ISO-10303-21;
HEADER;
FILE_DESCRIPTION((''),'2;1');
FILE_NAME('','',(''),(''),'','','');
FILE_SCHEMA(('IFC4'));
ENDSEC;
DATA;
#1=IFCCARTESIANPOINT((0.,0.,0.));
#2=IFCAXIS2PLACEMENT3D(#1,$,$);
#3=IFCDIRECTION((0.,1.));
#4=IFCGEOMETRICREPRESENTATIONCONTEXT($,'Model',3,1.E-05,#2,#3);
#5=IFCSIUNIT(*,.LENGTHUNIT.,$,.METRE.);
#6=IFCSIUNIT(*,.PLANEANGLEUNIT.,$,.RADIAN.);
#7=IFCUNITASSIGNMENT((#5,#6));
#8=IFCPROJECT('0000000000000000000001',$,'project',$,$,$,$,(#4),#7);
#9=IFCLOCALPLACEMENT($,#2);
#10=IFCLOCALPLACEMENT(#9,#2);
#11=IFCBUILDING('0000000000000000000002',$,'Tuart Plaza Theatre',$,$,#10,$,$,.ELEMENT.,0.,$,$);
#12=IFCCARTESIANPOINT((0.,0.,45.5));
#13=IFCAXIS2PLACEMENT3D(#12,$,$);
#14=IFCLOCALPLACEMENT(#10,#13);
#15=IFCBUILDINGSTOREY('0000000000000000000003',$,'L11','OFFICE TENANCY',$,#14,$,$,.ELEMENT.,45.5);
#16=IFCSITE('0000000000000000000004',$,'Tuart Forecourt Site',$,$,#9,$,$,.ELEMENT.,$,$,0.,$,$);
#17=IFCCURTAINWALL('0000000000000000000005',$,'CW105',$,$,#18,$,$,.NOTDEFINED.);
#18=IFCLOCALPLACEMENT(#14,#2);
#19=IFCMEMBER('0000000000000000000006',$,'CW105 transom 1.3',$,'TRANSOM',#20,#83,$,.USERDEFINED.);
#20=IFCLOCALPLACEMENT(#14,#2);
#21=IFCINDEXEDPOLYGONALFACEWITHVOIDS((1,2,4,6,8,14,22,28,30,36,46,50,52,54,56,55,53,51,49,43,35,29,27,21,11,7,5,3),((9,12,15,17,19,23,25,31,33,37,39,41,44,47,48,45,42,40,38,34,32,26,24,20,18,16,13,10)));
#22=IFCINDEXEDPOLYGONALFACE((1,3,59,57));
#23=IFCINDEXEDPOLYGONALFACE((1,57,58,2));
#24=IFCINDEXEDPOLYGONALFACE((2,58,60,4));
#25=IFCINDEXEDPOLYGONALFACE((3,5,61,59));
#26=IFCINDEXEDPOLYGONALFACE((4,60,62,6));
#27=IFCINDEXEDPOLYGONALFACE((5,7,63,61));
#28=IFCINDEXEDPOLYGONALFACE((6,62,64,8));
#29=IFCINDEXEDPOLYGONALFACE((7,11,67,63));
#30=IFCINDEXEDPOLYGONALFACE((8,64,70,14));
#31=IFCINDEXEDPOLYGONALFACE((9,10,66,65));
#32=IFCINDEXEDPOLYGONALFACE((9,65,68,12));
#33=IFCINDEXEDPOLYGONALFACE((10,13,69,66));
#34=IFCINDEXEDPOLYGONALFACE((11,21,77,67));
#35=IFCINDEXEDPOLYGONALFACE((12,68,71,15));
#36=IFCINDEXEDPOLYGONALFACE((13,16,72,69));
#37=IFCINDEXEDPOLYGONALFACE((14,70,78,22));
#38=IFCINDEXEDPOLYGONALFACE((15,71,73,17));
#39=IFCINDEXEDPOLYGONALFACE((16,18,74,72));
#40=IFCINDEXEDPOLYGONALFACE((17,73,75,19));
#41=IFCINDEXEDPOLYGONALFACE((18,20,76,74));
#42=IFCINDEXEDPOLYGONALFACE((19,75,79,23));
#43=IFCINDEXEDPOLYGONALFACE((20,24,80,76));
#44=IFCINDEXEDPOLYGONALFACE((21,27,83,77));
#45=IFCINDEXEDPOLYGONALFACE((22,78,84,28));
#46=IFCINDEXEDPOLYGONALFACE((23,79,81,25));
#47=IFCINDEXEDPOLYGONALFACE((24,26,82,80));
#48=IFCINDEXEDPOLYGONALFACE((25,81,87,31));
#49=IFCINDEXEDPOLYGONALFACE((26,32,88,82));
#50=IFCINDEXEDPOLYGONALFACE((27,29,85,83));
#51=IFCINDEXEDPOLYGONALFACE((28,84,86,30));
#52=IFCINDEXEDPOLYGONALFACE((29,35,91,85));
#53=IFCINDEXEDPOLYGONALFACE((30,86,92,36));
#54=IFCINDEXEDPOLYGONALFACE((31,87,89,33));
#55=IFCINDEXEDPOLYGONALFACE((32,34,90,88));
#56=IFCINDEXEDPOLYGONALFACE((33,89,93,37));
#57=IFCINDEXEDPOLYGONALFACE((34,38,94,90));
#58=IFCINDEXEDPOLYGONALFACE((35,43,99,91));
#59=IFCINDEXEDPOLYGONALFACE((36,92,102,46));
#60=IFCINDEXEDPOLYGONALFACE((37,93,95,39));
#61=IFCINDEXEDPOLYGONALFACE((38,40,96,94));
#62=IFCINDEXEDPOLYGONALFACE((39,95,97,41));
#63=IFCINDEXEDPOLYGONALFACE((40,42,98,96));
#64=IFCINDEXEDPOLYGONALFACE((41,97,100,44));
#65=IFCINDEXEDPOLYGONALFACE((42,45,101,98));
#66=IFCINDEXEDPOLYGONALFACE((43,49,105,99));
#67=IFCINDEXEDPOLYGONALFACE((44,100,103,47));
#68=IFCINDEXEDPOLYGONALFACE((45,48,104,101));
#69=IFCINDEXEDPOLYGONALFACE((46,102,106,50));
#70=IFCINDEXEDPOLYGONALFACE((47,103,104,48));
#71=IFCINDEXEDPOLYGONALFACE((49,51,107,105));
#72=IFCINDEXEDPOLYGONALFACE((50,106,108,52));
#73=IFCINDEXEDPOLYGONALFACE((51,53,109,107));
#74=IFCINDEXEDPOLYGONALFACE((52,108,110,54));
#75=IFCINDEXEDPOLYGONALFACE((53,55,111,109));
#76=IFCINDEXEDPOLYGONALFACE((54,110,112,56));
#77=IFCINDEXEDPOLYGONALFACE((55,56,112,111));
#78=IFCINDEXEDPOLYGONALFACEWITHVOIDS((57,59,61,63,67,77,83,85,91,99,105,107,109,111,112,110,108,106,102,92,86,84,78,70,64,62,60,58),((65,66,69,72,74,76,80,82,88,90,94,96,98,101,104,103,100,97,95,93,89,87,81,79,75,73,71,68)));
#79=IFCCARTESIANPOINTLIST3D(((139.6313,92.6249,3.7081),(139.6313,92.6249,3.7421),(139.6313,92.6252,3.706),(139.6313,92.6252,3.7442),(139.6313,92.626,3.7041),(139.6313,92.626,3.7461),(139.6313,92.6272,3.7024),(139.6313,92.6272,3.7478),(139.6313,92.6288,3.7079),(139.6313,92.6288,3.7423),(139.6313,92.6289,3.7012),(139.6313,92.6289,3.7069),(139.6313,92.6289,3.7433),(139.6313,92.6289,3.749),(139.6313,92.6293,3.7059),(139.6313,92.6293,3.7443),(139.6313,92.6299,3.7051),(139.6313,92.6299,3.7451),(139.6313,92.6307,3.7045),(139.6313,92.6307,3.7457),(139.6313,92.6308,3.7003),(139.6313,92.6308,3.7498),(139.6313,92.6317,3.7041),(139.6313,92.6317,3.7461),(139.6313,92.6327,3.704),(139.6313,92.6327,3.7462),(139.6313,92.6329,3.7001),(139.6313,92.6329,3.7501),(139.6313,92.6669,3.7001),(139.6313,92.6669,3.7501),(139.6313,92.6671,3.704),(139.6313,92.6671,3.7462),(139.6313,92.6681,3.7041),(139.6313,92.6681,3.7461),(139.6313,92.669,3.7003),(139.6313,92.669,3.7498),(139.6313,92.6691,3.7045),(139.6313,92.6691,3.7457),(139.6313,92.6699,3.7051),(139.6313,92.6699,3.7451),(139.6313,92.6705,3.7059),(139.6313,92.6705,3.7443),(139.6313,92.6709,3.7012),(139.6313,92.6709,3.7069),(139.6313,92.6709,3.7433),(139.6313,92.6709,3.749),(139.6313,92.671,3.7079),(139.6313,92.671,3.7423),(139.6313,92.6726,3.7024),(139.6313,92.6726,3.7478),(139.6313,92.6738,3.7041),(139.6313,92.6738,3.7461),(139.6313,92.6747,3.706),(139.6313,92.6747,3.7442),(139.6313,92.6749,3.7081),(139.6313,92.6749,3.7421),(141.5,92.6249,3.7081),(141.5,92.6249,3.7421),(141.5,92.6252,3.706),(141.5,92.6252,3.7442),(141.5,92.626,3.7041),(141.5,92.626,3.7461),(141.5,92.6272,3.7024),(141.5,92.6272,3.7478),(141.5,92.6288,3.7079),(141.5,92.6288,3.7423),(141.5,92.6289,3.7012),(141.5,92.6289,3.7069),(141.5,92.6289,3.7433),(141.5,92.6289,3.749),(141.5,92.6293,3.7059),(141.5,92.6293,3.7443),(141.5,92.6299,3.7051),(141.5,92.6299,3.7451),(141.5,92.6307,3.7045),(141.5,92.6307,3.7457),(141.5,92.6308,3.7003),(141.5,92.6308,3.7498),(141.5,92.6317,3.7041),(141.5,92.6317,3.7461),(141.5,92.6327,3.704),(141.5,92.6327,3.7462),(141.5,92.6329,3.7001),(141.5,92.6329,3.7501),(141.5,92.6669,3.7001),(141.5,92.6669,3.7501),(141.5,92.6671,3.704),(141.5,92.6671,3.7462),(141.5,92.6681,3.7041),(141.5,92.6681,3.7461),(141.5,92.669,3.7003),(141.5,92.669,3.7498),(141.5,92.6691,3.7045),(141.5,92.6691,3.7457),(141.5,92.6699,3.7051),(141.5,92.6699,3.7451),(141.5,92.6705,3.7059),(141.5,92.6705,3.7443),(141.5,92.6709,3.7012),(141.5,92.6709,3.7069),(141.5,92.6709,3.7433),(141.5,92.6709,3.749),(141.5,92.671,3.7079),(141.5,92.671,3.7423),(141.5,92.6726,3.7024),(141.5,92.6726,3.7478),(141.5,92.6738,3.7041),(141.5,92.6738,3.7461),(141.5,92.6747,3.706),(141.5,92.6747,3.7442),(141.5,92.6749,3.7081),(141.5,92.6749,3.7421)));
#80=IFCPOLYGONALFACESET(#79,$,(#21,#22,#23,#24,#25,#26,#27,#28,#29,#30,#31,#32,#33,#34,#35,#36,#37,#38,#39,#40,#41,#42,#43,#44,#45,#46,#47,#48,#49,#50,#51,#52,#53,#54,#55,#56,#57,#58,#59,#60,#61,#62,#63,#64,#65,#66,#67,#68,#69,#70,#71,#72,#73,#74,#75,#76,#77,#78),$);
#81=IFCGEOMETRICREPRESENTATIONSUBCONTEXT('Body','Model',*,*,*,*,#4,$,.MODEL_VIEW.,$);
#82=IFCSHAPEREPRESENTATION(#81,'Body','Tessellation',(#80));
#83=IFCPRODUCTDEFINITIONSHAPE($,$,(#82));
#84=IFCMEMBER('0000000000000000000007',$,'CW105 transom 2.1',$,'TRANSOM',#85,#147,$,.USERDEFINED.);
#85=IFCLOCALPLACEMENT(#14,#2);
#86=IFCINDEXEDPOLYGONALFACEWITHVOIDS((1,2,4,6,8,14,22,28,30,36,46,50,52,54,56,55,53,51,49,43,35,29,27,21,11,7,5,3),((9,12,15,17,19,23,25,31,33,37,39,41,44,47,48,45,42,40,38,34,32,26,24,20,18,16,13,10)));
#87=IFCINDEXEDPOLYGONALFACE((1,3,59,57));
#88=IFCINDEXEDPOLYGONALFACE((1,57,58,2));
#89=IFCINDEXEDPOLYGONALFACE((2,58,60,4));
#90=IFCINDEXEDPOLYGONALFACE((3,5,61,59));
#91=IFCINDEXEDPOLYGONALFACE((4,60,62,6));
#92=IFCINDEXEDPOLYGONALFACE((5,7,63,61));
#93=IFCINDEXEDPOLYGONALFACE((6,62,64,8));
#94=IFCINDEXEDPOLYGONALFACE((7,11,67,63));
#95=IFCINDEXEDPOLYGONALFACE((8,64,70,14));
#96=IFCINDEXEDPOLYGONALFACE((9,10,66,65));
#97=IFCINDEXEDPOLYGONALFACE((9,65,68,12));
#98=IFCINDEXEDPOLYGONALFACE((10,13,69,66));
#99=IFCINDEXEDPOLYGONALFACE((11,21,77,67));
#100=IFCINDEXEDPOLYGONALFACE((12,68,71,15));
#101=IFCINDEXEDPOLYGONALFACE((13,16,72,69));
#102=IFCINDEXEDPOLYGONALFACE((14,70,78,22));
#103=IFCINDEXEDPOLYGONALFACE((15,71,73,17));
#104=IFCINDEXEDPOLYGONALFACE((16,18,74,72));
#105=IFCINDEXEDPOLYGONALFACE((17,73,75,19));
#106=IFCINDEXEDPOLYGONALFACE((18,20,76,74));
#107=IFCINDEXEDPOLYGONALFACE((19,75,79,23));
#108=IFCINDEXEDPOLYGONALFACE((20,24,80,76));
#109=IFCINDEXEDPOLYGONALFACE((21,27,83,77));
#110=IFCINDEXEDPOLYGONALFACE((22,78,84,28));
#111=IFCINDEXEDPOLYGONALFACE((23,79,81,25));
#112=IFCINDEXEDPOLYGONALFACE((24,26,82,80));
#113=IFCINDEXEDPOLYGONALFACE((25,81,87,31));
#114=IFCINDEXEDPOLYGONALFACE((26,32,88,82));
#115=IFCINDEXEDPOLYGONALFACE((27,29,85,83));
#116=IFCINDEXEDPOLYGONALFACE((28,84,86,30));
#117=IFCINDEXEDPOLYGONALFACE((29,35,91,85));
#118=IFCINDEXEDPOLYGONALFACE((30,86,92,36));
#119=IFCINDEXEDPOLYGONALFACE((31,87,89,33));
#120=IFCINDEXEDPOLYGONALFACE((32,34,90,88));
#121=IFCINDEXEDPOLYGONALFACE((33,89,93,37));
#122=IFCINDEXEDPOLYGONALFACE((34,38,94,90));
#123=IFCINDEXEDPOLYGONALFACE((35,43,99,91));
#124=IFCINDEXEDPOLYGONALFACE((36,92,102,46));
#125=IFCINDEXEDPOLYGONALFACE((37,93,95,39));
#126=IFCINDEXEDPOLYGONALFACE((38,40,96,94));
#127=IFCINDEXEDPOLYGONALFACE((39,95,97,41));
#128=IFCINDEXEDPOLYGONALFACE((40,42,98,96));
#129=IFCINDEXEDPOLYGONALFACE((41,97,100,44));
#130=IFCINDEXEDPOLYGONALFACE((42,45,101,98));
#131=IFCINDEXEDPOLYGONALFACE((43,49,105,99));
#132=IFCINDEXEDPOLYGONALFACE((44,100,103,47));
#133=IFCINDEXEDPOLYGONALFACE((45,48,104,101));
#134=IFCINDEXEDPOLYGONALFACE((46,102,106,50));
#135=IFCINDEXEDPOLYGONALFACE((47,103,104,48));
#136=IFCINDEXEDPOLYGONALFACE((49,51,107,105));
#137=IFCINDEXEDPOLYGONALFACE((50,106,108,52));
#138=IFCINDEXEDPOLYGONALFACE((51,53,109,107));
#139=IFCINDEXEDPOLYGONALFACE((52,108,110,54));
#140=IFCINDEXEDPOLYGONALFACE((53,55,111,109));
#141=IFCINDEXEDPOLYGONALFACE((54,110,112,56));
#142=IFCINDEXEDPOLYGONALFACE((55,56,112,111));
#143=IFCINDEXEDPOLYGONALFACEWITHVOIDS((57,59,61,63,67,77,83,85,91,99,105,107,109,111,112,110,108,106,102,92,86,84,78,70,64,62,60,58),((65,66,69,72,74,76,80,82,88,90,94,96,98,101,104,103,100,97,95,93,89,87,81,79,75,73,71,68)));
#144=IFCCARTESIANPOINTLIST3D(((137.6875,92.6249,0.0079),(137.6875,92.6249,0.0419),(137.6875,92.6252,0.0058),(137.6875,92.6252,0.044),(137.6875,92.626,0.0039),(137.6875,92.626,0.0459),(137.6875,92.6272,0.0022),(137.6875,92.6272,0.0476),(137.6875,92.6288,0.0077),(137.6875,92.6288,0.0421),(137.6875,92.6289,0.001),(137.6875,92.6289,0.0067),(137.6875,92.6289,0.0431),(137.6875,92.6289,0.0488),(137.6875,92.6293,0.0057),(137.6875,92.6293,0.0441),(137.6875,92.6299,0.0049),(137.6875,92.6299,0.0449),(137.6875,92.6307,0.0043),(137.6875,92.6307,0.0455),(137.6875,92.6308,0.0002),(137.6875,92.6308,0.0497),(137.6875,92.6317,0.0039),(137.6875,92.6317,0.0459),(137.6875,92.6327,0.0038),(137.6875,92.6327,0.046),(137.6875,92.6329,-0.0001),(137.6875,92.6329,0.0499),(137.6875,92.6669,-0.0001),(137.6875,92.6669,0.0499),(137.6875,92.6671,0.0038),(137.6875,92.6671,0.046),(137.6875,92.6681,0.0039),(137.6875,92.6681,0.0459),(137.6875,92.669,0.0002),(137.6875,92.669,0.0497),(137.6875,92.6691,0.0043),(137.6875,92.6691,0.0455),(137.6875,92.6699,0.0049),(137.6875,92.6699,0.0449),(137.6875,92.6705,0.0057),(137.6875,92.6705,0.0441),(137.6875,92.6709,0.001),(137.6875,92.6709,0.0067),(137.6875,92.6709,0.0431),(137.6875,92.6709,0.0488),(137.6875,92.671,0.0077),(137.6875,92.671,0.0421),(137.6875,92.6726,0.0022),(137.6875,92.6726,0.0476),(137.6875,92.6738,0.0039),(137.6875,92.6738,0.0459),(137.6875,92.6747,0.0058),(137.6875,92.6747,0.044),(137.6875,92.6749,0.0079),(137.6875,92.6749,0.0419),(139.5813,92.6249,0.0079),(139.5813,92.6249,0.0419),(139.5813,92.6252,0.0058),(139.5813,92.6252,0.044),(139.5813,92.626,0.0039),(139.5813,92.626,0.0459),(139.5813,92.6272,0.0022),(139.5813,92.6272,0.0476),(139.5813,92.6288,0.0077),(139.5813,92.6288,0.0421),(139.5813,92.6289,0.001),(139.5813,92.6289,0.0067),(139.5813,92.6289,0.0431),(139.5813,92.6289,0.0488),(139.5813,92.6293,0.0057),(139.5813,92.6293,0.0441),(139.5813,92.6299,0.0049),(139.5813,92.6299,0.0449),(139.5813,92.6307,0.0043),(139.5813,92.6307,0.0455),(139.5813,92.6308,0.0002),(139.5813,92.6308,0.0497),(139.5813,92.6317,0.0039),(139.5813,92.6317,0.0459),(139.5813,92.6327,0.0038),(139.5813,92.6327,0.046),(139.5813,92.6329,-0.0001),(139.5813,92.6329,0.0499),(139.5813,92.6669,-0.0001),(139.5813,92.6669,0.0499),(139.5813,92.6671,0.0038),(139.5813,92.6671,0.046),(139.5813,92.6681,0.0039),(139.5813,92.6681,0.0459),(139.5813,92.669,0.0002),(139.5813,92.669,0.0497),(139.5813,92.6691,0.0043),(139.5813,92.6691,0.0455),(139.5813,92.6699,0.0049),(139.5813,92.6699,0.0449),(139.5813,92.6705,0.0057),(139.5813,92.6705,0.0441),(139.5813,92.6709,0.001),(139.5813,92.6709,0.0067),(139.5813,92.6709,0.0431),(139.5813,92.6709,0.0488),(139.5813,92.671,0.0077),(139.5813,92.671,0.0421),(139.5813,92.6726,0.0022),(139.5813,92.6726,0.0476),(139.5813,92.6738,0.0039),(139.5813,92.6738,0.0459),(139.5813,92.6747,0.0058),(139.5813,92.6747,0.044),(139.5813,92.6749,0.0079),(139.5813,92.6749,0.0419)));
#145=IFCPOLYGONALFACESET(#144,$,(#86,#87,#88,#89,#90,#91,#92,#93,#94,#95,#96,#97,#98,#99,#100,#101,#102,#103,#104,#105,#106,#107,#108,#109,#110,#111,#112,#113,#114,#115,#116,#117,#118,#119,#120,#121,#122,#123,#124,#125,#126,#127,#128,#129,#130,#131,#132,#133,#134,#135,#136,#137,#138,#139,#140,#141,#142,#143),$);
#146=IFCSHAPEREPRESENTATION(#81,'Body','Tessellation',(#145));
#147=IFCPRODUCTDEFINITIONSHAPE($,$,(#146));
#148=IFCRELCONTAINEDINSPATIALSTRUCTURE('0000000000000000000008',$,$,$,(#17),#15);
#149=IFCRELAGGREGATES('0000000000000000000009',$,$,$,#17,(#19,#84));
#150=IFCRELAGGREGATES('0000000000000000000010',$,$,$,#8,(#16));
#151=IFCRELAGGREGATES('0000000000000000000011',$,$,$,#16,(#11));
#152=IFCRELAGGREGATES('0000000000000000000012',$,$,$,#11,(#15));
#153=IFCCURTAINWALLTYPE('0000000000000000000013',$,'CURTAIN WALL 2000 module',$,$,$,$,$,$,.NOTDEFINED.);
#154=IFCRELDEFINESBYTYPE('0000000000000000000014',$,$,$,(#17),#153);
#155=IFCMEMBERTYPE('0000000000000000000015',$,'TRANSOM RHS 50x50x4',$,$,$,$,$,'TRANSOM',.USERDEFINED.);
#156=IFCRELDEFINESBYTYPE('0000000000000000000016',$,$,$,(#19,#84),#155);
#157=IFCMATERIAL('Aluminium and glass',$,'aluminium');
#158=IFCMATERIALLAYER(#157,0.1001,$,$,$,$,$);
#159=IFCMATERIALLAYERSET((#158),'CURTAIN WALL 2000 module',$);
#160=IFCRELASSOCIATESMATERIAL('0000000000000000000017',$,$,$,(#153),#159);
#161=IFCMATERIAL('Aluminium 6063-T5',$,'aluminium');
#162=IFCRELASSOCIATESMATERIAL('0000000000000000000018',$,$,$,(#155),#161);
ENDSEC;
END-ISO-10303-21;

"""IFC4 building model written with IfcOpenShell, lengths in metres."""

from ifc_helpers import new_model, si_unit, direction, frame, origin, origin_2d, place, context, subcontext, project, spatial, hollow_rectangle, extrude, material, layer, layer_set, material_profile, profile_set, type_object, element, aggregate, save


model = new_model("IFC4")

# Units and contexts
model_context = context("Model", 3, precision=1e-05, world=origin(), true_north=direction((0.0, 1.0)))
body_context = subcontext(model_context, "Body", "Model", "MODEL_VIEW")
ifc_project = project(units=[si_unit("LENGTHUNIT", "METRE"), si_unit("PLANEANGLEUNIT", "RADIAN")], contexts=[model_context])

# Site, building, storey
site_placement = place(None, origin())
site = spatial("IfcSite", under=ifc_project, at=site_placement, Name="Tuart Forecourt Site", CompositionType="ELEMENT", RefElevation=0.0)
building_placement = place(site_placement, origin())
building = spatial("IfcBuilding", under=site, at=building_placement, Name="Tuart Plaza Theatre", CompositionType="ELEMENT", ElevationOfRefHeight=0.0)
storey_placement = place(building_placement, frame((0.0, 0.0, 45.5)))
storey = spatial("IfcBuildingStorey", under=building, at=storey_placement, Name="L11", Description="OFFICE TENANCY", CompositionType="ELEMENT", Elevation=45.5)

# Curtain wall, members
ifc_material_1 = material(Name="Aluminium and glass", Category="aluminium")
ifc_layer_1 = layer(ifc_material_1, 0.1001)
ifc_layer_set_1 = layer_set([ifc_layer_1], Name="CURTAIN WALL 2000 module")
curtain_wall_type = type_object("IfcCurtainWallType", Name="CURTAIN WALL 2000 module", PredefinedType="NOTDEFINED", material=ifc_layer_set_1)
curtain_wall_placement = place(storey_placement, origin())
curtain_wall = element("IfcCurtainWall", 1, at=curtain_wall_placement, inside=storey, type_object=curtain_wall_type, Name="CW105", PredefinedType="NOTDEFINED")
ifc_material_2 = material(Name="Aluminium 6063-T5", Category="aluminium")
ifc_material_profile_1 = material_profile(ifc_material_2, hollow_rectangle(XDim=0.05, YDim=0.05, WallThickness=0.0039, InnerFilletRadius=0.0039, OuterFilletRadius=0.0081, at=origin_2d()), Name="RHS 50x50x4")
ifc_profile_set_1 = profile_set([ifc_material_profile_1], Name="Aluminium 6063-T5")
member_type_1 = type_object("IfcMemberType", Name="TRANSOM RHS 50x50x4", ElementType="TRANSOM", PredefinedType="USERDEFINED", material=ifc_profile_set_1)
member_1_placement = place(storey_placement, frame((141.5, 92.6499, 3.7251), z_axis=(-1.0, 0.0, 0.0), x_axis=(0.0, -1.0, 0.0)))
member_1 = element("IfcMember", 2, at=member_1_placement, type_object=member_type_1, Name="CW105 transom 1.3", ObjectType="TRANSOM", PredefinedType="USERDEFINED", context=body_context, shape_type="SweptSolid", body=[
    extrude(hollow_rectangle(XDim=0.05, YDim=0.05, WallThickness=0.0039, InnerFilletRadius=0.0039, OuterFilletRadius=0.0081, at=origin_2d()), origin(), (0.0, 0.0, 1.0), 1.8687),
])
member_2_placement = place(storey_placement, frame((139.5813, 92.6499, 0.0249), z_axis=(-1.0, 0.0, 0.0), x_axis=(0.0, -1.0, 0.0)))
member_2 = element("IfcMember", 3, at=member_2_placement, type_object=member_type_1, Name="CW105 transom 2.1", ObjectType="TRANSOM", PredefinedType="USERDEFINED", context=body_context, shape_type="SweptSolid", body=[
    extrude(hollow_rectangle(XDim=0.05, YDim=0.05, WallThickness=0.0039, InnerFilletRadius=0.0039, OuterFilletRadius=0.0081, at=origin_2d()), origin(), (0.0, 0.0, 1.0), 1.8938),
])
aggregate(curtain_wall, [member_1, member_2])

save(model, "model.ifc")
